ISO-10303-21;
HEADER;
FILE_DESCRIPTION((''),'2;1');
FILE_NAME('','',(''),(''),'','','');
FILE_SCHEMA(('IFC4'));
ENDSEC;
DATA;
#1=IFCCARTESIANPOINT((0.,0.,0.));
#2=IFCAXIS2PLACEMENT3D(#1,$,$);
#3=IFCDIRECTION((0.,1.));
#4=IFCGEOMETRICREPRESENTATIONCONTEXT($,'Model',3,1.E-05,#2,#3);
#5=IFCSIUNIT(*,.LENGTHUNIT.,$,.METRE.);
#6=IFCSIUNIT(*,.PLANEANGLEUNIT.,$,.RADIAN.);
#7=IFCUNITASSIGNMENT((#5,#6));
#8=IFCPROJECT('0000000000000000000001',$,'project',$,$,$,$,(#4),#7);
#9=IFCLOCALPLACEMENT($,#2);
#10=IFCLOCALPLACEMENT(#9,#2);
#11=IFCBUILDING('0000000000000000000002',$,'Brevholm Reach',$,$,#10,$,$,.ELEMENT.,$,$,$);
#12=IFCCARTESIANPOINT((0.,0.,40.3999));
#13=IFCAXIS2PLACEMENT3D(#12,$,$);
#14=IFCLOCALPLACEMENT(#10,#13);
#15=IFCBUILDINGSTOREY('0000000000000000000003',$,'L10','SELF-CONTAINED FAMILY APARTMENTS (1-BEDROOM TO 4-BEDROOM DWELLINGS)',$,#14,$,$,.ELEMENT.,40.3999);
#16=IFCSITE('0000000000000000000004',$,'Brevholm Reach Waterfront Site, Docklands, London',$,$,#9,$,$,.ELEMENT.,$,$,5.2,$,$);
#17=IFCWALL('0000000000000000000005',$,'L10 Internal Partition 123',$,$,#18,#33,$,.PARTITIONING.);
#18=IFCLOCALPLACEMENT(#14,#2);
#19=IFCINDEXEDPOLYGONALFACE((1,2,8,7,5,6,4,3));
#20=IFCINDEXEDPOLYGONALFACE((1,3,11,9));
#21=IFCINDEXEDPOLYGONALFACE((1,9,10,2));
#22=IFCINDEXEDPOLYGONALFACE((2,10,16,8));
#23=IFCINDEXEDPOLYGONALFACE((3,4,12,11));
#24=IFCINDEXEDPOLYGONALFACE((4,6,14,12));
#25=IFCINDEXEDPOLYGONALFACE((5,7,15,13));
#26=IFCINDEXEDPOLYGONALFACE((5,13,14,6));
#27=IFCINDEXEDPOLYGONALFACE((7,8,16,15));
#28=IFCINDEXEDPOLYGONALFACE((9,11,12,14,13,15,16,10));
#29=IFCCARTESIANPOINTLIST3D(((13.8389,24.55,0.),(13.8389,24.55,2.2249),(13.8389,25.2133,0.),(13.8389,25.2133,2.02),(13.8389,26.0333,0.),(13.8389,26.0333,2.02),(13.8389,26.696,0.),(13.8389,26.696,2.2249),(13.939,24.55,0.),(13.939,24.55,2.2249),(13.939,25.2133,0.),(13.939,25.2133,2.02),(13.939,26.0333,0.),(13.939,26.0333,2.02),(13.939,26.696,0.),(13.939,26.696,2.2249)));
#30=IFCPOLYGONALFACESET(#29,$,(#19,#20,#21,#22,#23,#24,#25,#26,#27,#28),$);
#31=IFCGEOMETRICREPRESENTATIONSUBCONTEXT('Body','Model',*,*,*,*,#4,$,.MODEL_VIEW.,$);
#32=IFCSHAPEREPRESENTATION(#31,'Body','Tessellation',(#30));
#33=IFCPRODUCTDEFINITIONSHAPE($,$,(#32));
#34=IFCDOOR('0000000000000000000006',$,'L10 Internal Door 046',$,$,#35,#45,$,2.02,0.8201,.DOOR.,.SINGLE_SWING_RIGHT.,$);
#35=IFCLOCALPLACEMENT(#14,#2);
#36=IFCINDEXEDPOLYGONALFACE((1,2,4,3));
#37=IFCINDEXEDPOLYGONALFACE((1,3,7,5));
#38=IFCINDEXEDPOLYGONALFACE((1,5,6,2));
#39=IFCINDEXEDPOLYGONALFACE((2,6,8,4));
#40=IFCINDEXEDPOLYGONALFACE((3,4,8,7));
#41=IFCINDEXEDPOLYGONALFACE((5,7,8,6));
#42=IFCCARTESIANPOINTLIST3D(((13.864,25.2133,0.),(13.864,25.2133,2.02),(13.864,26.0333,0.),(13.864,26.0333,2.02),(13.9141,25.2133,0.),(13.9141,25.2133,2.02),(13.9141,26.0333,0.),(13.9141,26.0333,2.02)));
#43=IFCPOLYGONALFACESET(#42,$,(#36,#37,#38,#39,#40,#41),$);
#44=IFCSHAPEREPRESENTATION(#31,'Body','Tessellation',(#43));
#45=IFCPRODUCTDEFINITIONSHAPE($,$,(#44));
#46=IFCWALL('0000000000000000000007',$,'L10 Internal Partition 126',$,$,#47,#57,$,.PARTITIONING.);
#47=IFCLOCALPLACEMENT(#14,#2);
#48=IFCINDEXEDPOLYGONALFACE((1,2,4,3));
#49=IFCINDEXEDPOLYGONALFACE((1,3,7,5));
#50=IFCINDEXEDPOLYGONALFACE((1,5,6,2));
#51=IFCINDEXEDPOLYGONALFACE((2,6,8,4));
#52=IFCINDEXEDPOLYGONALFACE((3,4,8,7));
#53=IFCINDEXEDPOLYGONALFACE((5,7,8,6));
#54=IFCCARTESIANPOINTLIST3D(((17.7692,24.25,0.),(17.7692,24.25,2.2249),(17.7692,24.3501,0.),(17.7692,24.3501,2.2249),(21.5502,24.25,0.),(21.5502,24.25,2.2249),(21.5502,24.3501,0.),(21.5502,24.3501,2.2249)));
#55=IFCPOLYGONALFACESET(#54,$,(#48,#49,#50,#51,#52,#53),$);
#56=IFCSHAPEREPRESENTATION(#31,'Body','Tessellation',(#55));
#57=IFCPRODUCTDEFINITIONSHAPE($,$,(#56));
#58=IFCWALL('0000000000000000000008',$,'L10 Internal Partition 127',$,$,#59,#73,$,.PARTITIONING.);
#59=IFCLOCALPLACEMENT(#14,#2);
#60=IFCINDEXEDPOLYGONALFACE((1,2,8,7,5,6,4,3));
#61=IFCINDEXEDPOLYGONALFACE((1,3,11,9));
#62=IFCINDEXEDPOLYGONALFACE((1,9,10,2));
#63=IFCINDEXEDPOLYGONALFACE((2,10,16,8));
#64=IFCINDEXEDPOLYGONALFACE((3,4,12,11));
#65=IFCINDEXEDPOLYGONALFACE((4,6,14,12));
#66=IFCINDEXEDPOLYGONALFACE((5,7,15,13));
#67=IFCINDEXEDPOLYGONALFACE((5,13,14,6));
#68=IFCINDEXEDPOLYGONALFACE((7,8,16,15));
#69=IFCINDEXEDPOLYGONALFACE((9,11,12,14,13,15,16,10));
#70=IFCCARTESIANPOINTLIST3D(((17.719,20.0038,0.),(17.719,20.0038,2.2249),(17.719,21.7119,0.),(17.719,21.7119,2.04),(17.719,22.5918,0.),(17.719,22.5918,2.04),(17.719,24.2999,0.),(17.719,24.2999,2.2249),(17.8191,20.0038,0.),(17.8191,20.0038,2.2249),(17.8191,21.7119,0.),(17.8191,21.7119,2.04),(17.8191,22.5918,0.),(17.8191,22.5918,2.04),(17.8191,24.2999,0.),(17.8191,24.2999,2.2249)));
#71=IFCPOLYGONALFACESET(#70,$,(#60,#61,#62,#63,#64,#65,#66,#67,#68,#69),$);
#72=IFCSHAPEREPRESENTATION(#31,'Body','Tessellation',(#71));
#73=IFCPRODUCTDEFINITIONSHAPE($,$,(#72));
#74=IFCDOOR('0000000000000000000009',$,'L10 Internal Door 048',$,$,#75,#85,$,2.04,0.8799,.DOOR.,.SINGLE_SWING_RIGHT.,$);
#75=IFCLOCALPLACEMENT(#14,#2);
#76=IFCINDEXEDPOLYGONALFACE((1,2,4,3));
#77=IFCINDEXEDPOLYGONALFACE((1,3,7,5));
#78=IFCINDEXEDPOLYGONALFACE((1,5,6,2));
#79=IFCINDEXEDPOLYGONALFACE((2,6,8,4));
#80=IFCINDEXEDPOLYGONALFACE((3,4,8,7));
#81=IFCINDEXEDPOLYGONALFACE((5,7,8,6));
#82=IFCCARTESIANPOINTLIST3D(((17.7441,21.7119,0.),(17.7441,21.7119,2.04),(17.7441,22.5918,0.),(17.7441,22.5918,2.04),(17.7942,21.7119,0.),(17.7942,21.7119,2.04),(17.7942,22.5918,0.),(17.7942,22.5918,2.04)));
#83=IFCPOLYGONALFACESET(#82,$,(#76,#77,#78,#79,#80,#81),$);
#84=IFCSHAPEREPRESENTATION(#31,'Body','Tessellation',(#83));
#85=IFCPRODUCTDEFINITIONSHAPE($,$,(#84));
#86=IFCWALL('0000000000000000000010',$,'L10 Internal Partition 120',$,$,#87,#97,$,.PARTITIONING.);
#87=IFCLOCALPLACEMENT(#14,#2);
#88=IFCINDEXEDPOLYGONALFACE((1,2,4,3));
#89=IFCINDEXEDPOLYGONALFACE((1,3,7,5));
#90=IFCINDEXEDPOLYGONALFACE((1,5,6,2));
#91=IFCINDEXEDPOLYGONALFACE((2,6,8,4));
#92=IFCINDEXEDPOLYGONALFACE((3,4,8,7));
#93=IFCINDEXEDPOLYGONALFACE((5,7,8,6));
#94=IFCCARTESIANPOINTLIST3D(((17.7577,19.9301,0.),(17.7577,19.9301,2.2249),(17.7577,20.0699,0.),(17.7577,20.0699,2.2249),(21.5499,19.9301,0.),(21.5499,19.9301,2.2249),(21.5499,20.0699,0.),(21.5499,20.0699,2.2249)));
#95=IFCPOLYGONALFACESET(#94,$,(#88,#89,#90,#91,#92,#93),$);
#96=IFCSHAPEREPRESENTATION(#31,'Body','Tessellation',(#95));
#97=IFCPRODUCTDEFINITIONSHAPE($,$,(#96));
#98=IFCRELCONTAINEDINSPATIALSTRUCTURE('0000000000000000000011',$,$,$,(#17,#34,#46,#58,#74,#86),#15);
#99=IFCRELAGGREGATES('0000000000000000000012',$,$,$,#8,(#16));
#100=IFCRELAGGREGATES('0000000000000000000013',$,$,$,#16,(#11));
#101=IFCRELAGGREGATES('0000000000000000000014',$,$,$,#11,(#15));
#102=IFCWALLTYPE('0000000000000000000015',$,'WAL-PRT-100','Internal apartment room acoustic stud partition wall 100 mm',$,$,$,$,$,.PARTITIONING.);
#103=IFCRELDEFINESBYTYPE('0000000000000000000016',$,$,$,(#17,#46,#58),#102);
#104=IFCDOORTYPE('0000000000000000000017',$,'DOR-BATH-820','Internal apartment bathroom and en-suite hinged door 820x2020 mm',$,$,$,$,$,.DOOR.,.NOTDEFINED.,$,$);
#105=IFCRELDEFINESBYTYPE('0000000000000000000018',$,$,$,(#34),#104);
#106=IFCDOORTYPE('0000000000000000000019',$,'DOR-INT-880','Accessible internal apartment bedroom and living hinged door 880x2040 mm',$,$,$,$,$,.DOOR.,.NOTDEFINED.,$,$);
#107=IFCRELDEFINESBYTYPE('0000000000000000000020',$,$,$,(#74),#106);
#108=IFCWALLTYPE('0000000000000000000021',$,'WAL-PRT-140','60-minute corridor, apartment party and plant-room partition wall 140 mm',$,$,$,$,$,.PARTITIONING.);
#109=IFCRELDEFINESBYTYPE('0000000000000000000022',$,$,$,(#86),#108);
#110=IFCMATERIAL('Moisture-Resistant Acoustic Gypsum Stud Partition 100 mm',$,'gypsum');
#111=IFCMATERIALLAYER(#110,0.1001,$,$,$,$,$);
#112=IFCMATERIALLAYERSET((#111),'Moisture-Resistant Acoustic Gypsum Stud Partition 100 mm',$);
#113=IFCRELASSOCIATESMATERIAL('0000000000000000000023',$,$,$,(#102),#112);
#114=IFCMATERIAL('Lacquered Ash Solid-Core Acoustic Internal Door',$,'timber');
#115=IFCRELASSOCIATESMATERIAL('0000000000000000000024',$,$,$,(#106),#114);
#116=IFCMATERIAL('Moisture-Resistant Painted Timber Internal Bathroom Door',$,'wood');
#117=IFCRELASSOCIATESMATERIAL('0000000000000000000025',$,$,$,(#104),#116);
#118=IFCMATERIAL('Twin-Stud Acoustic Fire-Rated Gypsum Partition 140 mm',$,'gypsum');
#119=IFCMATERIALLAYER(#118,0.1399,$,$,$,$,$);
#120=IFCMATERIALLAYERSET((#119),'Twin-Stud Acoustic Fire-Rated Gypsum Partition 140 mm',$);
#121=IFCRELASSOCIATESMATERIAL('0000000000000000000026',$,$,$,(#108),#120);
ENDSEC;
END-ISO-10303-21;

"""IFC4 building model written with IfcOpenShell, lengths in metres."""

from ifc_helpers import new_model, si_unit, direction, frame, frame_2d, origin, place, context, subcontext, project, spatial, rectangle, extrude, material, layer, layer_set, type_object, element, fill, save


model = new_model("IFC4")

# Units and contexts
model_context = context("Model", 3, precision=1e-05, world=origin(), true_north=direction((0.0, 1.0)))
body_context = subcontext(model_context, "Body", "Model", "MODEL_VIEW")
ifc_project = project(units=[si_unit("LENGTHUNIT", "METRE"), si_unit("PLANEANGLEUNIT", "RADIAN")], contexts=[model_context])

# Site, building, storey
site_placement = place(None, origin())
site = spatial("IfcSite", under=ifc_project, at=site_placement, Name="Brevholm Reach Waterfront Site, Docklands, London", CompositionType="ELEMENT", RefElevation=5.2)
building_placement = place(site_placement, origin())
building = spatial("IfcBuilding", under=site, at=building_placement, Name="Brevholm Reach", CompositionType="ELEMENT")
storey_placement = place(building_placement, frame((0.0, 0.0, 40.3999)))
storey = spatial("IfcBuildingStorey", under=building, at=storey_placement, Name="L10", Description="SELF-CONTAINED FAMILY APARTMENTS (1-BEDROOM TO 4-BEDROOM DWELLINGS)", CompositionType="ELEMENT", Elevation=40.3999)

# Shared definitions
ifc_material_1 = material(Name="Moisture-Resistant Acoustic Gypsum Stud Partition 100 mm", Category="gypsum")
ifc_layer_1 = layer(ifc_material_1, 0.1001)
ifc_layer_set_1 = layer_set([ifc_layer_1], Name="Moisture-Resistant Acoustic Gypsum Stud Partition 100 mm")
wall_type_1 = type_object("IfcWallType", Name="WAL-PRT-100", Description="Internal apartment room acoustic stud partition wall 100 mm", PredefinedType="PARTITIONING", material=ifc_layer_set_1)
ifc_material_2 = material(Name="Lacquered Ash Solid-Core Acoustic Internal Door", Category="timber")
door_type_1 = type_object("IfcDoorType", Name="DOR-INT-880", Description="Accessible internal apartment bedroom and living hinged door 880x2040 mm", OperationType="NOTDEFINED", PredefinedType="DOOR", material=ifc_material_2)

# Wall, opening, door
wall_1_placement = place(storey_placement, frame((13.8889, 24.55, 0.0), z_axis=(0.0, 0.0, 1.0), x_axis=(0.0, 1.0, 0.0)))
wall_1 = element("IfcWall", 1, at=wall_1_placement, inside=storey, type_object=wall_type_1, Name="L10 Internal Partition 123", PredefinedType="PARTITIONING", context=body_context, shape_type="SweptSolid", body=[
    extrude(rectangle(XDim=2.146, YDim=0.1001, at=frame_2d((1.073, 0.0))), origin(), (0.0, 0.0, 1.0), 2.2249),
])
opening_1_placement = place(wall_1_placement, frame((0.6631, 0.0, 0.0)))
opening_1 = element("IfcOpeningElement", 2, at=opening_1_placement, cuts=wall_1, PredefinedType="OPENING", context=body_context, shape_type="SweptSolid", body=[
    extrude(rectangle(XDim=0.8201, YDim=2.02, at=frame_2d((0.4102, 1.01))), frame((0.0, 0.0601, 0.0), z_axis=(0.0, -1.0, 0.0), x_axis=(1.0, 0.0, 0.0)), (0.0, 0.0, 1.0), 0.1201),
])
ifc_material_3 = material(Name="Moisture-Resistant Painted Timber Internal Bathroom Door", Category="wood")
door_type_2 = type_object("IfcDoorType", Name="DOR-BATH-820", Description="Internal apartment bathroom and en-suite hinged door 820x2020 mm", OperationType="NOTDEFINED", PredefinedType="DOOR", material=ifc_material_3)
door_1_placement = place(opening_1_placement, origin())
door_1 = element("IfcDoor", 3, at=door_1_placement, inside=storey, type_object=door_type_2, Name="L10 Internal Door 046", OperationType="SINGLE_SWING_RIGHT", OverallHeight=2.02, OverallWidth=0.8201, PredefinedType="DOOR", context=body_context, shape_type="SweptSolid", body=[
    extrude(rectangle(XDim=0.8201, YDim=2.02, at=frame_2d((0.4102, 1.01))), frame((0.0, 0.0249, 0.0), z_axis=(0.0, -1.0, 0.0), x_axis=(1.0, 0.0, 0.0)), (0.0, 0.0, 1.0), 0.05),
])
fill(opening_1, door_1)

# Wall
wall_2_placement = place(storey_placement, frame((17.769, 24.3, 0.0), z_axis=(0.0, 0.0, 1.0), x_axis=(1.0, 0.0, 0.0)))
element("IfcWall", 4, at=wall_2_placement, inside=storey, type_object=wall_type_1, Name="L10 Internal Partition 126", PredefinedType="PARTITIONING", context=body_context, shape_type="SweptSolid", body=[
    extrude(rectangle(XDim=3.781, YDim=0.1001, at=frame_2d((1.8906, 0.0))), origin(), (0.0, 0.0, 1.0), 2.2249),
])

# Wall, opening, door
wall_3_placement = place(storey_placement, frame((17.769, 20.0039, 0.0), z_axis=(0.0, 0.0, 1.0), x_axis=(0.0, 1.0, 0.0)))
wall_3 = element("IfcWall", 5, at=wall_3_placement, inside=storey, type_object=wall_type_1, Name="L10 Internal Partition 127", PredefinedType="PARTITIONING", context=body_context, shape_type="SweptSolid", body=[
    extrude(rectangle(XDim=4.2961, YDim=0.1001, at=frame_2d((2.1479, 0.0))), origin(), (0.0, 0.0, 1.0), 2.2249),
])
opening_2_placement = place(wall_3_placement, frame((1.708, 0.0, 0.0)))
opening_2 = element("IfcOpeningElement", 6, at=opening_2_placement, cuts=wall_3, PredefinedType="OPENING", context=body_context, shape_type="SweptSolid", body=[
    extrude(rectangle(XDim=0.8799, YDim=2.04, at=frame_2d((0.4399, 1.02))), frame((0.0, 0.0601, 0.0), z_axis=(0.0, -1.0, 0.0), x_axis=(1.0, 0.0, 0.0)), (0.0, 0.0, 1.0), 0.1201),
])
door_2_placement = place(opening_2_placement, origin())
door_2 = element("IfcDoor", 7, at=door_2_placement, inside=storey, type_object=door_type_1, Name="L10 Internal Door 048", OperationType="SINGLE_SWING_RIGHT", OverallHeight=2.04, OverallWidth=0.8799, PredefinedType="DOOR", context=body_context, shape_type="SweptSolid", body=[
    extrude(rectangle(XDim=0.8799, YDim=2.04, at=frame_2d((0.4399, 1.02))), frame((0.0, 0.0249, 0.0), z_axis=(0.0, -1.0, 0.0), x_axis=(1.0, 0.0, 0.0)), (0.0, 0.0, 1.0), 0.05),
])
fill(opening_2, door_2)

# Wall
ifc_material_4 = material(Name="Twin-Stud Acoustic Fire-Rated Gypsum Partition 140 mm", Category="gypsum")
ifc_layer_2 = layer(ifc_material_4, 0.1399)
ifc_layer_set_2 = layer_set([ifc_layer_2], Name="Twin-Stud Acoustic Fire-Rated Gypsum Partition 140 mm")
wall_type_2 = type_object("IfcWallType", Name="WAL-PRT-140", Description="60-minute corridor, apartment party and plant-room partition wall 140 mm", PredefinedType="PARTITIONING", material=ifc_layer_set_2)
wall_4_placement = place(storey_placement, frame((17.7578, 20.0, 0.0), z_axis=(0.0, 0.0, 1.0), x_axis=(1.0, 0.0, 0.0)))
element("IfcWall", 8, at=wall_4_placement, inside=storey, type_object=wall_type_2, Name="L10 Internal Partition 120", PredefinedType="PARTITIONING", context=body_context, shape_type="SweptSolid", body=[
    extrude(rectangle(XDim=3.7922, YDim=0.1399, at=frame_2d((1.896, 0.0))), origin(), (0.0, 0.0, 1.0), 2.2249),
])

save(model, "model.ifc")
